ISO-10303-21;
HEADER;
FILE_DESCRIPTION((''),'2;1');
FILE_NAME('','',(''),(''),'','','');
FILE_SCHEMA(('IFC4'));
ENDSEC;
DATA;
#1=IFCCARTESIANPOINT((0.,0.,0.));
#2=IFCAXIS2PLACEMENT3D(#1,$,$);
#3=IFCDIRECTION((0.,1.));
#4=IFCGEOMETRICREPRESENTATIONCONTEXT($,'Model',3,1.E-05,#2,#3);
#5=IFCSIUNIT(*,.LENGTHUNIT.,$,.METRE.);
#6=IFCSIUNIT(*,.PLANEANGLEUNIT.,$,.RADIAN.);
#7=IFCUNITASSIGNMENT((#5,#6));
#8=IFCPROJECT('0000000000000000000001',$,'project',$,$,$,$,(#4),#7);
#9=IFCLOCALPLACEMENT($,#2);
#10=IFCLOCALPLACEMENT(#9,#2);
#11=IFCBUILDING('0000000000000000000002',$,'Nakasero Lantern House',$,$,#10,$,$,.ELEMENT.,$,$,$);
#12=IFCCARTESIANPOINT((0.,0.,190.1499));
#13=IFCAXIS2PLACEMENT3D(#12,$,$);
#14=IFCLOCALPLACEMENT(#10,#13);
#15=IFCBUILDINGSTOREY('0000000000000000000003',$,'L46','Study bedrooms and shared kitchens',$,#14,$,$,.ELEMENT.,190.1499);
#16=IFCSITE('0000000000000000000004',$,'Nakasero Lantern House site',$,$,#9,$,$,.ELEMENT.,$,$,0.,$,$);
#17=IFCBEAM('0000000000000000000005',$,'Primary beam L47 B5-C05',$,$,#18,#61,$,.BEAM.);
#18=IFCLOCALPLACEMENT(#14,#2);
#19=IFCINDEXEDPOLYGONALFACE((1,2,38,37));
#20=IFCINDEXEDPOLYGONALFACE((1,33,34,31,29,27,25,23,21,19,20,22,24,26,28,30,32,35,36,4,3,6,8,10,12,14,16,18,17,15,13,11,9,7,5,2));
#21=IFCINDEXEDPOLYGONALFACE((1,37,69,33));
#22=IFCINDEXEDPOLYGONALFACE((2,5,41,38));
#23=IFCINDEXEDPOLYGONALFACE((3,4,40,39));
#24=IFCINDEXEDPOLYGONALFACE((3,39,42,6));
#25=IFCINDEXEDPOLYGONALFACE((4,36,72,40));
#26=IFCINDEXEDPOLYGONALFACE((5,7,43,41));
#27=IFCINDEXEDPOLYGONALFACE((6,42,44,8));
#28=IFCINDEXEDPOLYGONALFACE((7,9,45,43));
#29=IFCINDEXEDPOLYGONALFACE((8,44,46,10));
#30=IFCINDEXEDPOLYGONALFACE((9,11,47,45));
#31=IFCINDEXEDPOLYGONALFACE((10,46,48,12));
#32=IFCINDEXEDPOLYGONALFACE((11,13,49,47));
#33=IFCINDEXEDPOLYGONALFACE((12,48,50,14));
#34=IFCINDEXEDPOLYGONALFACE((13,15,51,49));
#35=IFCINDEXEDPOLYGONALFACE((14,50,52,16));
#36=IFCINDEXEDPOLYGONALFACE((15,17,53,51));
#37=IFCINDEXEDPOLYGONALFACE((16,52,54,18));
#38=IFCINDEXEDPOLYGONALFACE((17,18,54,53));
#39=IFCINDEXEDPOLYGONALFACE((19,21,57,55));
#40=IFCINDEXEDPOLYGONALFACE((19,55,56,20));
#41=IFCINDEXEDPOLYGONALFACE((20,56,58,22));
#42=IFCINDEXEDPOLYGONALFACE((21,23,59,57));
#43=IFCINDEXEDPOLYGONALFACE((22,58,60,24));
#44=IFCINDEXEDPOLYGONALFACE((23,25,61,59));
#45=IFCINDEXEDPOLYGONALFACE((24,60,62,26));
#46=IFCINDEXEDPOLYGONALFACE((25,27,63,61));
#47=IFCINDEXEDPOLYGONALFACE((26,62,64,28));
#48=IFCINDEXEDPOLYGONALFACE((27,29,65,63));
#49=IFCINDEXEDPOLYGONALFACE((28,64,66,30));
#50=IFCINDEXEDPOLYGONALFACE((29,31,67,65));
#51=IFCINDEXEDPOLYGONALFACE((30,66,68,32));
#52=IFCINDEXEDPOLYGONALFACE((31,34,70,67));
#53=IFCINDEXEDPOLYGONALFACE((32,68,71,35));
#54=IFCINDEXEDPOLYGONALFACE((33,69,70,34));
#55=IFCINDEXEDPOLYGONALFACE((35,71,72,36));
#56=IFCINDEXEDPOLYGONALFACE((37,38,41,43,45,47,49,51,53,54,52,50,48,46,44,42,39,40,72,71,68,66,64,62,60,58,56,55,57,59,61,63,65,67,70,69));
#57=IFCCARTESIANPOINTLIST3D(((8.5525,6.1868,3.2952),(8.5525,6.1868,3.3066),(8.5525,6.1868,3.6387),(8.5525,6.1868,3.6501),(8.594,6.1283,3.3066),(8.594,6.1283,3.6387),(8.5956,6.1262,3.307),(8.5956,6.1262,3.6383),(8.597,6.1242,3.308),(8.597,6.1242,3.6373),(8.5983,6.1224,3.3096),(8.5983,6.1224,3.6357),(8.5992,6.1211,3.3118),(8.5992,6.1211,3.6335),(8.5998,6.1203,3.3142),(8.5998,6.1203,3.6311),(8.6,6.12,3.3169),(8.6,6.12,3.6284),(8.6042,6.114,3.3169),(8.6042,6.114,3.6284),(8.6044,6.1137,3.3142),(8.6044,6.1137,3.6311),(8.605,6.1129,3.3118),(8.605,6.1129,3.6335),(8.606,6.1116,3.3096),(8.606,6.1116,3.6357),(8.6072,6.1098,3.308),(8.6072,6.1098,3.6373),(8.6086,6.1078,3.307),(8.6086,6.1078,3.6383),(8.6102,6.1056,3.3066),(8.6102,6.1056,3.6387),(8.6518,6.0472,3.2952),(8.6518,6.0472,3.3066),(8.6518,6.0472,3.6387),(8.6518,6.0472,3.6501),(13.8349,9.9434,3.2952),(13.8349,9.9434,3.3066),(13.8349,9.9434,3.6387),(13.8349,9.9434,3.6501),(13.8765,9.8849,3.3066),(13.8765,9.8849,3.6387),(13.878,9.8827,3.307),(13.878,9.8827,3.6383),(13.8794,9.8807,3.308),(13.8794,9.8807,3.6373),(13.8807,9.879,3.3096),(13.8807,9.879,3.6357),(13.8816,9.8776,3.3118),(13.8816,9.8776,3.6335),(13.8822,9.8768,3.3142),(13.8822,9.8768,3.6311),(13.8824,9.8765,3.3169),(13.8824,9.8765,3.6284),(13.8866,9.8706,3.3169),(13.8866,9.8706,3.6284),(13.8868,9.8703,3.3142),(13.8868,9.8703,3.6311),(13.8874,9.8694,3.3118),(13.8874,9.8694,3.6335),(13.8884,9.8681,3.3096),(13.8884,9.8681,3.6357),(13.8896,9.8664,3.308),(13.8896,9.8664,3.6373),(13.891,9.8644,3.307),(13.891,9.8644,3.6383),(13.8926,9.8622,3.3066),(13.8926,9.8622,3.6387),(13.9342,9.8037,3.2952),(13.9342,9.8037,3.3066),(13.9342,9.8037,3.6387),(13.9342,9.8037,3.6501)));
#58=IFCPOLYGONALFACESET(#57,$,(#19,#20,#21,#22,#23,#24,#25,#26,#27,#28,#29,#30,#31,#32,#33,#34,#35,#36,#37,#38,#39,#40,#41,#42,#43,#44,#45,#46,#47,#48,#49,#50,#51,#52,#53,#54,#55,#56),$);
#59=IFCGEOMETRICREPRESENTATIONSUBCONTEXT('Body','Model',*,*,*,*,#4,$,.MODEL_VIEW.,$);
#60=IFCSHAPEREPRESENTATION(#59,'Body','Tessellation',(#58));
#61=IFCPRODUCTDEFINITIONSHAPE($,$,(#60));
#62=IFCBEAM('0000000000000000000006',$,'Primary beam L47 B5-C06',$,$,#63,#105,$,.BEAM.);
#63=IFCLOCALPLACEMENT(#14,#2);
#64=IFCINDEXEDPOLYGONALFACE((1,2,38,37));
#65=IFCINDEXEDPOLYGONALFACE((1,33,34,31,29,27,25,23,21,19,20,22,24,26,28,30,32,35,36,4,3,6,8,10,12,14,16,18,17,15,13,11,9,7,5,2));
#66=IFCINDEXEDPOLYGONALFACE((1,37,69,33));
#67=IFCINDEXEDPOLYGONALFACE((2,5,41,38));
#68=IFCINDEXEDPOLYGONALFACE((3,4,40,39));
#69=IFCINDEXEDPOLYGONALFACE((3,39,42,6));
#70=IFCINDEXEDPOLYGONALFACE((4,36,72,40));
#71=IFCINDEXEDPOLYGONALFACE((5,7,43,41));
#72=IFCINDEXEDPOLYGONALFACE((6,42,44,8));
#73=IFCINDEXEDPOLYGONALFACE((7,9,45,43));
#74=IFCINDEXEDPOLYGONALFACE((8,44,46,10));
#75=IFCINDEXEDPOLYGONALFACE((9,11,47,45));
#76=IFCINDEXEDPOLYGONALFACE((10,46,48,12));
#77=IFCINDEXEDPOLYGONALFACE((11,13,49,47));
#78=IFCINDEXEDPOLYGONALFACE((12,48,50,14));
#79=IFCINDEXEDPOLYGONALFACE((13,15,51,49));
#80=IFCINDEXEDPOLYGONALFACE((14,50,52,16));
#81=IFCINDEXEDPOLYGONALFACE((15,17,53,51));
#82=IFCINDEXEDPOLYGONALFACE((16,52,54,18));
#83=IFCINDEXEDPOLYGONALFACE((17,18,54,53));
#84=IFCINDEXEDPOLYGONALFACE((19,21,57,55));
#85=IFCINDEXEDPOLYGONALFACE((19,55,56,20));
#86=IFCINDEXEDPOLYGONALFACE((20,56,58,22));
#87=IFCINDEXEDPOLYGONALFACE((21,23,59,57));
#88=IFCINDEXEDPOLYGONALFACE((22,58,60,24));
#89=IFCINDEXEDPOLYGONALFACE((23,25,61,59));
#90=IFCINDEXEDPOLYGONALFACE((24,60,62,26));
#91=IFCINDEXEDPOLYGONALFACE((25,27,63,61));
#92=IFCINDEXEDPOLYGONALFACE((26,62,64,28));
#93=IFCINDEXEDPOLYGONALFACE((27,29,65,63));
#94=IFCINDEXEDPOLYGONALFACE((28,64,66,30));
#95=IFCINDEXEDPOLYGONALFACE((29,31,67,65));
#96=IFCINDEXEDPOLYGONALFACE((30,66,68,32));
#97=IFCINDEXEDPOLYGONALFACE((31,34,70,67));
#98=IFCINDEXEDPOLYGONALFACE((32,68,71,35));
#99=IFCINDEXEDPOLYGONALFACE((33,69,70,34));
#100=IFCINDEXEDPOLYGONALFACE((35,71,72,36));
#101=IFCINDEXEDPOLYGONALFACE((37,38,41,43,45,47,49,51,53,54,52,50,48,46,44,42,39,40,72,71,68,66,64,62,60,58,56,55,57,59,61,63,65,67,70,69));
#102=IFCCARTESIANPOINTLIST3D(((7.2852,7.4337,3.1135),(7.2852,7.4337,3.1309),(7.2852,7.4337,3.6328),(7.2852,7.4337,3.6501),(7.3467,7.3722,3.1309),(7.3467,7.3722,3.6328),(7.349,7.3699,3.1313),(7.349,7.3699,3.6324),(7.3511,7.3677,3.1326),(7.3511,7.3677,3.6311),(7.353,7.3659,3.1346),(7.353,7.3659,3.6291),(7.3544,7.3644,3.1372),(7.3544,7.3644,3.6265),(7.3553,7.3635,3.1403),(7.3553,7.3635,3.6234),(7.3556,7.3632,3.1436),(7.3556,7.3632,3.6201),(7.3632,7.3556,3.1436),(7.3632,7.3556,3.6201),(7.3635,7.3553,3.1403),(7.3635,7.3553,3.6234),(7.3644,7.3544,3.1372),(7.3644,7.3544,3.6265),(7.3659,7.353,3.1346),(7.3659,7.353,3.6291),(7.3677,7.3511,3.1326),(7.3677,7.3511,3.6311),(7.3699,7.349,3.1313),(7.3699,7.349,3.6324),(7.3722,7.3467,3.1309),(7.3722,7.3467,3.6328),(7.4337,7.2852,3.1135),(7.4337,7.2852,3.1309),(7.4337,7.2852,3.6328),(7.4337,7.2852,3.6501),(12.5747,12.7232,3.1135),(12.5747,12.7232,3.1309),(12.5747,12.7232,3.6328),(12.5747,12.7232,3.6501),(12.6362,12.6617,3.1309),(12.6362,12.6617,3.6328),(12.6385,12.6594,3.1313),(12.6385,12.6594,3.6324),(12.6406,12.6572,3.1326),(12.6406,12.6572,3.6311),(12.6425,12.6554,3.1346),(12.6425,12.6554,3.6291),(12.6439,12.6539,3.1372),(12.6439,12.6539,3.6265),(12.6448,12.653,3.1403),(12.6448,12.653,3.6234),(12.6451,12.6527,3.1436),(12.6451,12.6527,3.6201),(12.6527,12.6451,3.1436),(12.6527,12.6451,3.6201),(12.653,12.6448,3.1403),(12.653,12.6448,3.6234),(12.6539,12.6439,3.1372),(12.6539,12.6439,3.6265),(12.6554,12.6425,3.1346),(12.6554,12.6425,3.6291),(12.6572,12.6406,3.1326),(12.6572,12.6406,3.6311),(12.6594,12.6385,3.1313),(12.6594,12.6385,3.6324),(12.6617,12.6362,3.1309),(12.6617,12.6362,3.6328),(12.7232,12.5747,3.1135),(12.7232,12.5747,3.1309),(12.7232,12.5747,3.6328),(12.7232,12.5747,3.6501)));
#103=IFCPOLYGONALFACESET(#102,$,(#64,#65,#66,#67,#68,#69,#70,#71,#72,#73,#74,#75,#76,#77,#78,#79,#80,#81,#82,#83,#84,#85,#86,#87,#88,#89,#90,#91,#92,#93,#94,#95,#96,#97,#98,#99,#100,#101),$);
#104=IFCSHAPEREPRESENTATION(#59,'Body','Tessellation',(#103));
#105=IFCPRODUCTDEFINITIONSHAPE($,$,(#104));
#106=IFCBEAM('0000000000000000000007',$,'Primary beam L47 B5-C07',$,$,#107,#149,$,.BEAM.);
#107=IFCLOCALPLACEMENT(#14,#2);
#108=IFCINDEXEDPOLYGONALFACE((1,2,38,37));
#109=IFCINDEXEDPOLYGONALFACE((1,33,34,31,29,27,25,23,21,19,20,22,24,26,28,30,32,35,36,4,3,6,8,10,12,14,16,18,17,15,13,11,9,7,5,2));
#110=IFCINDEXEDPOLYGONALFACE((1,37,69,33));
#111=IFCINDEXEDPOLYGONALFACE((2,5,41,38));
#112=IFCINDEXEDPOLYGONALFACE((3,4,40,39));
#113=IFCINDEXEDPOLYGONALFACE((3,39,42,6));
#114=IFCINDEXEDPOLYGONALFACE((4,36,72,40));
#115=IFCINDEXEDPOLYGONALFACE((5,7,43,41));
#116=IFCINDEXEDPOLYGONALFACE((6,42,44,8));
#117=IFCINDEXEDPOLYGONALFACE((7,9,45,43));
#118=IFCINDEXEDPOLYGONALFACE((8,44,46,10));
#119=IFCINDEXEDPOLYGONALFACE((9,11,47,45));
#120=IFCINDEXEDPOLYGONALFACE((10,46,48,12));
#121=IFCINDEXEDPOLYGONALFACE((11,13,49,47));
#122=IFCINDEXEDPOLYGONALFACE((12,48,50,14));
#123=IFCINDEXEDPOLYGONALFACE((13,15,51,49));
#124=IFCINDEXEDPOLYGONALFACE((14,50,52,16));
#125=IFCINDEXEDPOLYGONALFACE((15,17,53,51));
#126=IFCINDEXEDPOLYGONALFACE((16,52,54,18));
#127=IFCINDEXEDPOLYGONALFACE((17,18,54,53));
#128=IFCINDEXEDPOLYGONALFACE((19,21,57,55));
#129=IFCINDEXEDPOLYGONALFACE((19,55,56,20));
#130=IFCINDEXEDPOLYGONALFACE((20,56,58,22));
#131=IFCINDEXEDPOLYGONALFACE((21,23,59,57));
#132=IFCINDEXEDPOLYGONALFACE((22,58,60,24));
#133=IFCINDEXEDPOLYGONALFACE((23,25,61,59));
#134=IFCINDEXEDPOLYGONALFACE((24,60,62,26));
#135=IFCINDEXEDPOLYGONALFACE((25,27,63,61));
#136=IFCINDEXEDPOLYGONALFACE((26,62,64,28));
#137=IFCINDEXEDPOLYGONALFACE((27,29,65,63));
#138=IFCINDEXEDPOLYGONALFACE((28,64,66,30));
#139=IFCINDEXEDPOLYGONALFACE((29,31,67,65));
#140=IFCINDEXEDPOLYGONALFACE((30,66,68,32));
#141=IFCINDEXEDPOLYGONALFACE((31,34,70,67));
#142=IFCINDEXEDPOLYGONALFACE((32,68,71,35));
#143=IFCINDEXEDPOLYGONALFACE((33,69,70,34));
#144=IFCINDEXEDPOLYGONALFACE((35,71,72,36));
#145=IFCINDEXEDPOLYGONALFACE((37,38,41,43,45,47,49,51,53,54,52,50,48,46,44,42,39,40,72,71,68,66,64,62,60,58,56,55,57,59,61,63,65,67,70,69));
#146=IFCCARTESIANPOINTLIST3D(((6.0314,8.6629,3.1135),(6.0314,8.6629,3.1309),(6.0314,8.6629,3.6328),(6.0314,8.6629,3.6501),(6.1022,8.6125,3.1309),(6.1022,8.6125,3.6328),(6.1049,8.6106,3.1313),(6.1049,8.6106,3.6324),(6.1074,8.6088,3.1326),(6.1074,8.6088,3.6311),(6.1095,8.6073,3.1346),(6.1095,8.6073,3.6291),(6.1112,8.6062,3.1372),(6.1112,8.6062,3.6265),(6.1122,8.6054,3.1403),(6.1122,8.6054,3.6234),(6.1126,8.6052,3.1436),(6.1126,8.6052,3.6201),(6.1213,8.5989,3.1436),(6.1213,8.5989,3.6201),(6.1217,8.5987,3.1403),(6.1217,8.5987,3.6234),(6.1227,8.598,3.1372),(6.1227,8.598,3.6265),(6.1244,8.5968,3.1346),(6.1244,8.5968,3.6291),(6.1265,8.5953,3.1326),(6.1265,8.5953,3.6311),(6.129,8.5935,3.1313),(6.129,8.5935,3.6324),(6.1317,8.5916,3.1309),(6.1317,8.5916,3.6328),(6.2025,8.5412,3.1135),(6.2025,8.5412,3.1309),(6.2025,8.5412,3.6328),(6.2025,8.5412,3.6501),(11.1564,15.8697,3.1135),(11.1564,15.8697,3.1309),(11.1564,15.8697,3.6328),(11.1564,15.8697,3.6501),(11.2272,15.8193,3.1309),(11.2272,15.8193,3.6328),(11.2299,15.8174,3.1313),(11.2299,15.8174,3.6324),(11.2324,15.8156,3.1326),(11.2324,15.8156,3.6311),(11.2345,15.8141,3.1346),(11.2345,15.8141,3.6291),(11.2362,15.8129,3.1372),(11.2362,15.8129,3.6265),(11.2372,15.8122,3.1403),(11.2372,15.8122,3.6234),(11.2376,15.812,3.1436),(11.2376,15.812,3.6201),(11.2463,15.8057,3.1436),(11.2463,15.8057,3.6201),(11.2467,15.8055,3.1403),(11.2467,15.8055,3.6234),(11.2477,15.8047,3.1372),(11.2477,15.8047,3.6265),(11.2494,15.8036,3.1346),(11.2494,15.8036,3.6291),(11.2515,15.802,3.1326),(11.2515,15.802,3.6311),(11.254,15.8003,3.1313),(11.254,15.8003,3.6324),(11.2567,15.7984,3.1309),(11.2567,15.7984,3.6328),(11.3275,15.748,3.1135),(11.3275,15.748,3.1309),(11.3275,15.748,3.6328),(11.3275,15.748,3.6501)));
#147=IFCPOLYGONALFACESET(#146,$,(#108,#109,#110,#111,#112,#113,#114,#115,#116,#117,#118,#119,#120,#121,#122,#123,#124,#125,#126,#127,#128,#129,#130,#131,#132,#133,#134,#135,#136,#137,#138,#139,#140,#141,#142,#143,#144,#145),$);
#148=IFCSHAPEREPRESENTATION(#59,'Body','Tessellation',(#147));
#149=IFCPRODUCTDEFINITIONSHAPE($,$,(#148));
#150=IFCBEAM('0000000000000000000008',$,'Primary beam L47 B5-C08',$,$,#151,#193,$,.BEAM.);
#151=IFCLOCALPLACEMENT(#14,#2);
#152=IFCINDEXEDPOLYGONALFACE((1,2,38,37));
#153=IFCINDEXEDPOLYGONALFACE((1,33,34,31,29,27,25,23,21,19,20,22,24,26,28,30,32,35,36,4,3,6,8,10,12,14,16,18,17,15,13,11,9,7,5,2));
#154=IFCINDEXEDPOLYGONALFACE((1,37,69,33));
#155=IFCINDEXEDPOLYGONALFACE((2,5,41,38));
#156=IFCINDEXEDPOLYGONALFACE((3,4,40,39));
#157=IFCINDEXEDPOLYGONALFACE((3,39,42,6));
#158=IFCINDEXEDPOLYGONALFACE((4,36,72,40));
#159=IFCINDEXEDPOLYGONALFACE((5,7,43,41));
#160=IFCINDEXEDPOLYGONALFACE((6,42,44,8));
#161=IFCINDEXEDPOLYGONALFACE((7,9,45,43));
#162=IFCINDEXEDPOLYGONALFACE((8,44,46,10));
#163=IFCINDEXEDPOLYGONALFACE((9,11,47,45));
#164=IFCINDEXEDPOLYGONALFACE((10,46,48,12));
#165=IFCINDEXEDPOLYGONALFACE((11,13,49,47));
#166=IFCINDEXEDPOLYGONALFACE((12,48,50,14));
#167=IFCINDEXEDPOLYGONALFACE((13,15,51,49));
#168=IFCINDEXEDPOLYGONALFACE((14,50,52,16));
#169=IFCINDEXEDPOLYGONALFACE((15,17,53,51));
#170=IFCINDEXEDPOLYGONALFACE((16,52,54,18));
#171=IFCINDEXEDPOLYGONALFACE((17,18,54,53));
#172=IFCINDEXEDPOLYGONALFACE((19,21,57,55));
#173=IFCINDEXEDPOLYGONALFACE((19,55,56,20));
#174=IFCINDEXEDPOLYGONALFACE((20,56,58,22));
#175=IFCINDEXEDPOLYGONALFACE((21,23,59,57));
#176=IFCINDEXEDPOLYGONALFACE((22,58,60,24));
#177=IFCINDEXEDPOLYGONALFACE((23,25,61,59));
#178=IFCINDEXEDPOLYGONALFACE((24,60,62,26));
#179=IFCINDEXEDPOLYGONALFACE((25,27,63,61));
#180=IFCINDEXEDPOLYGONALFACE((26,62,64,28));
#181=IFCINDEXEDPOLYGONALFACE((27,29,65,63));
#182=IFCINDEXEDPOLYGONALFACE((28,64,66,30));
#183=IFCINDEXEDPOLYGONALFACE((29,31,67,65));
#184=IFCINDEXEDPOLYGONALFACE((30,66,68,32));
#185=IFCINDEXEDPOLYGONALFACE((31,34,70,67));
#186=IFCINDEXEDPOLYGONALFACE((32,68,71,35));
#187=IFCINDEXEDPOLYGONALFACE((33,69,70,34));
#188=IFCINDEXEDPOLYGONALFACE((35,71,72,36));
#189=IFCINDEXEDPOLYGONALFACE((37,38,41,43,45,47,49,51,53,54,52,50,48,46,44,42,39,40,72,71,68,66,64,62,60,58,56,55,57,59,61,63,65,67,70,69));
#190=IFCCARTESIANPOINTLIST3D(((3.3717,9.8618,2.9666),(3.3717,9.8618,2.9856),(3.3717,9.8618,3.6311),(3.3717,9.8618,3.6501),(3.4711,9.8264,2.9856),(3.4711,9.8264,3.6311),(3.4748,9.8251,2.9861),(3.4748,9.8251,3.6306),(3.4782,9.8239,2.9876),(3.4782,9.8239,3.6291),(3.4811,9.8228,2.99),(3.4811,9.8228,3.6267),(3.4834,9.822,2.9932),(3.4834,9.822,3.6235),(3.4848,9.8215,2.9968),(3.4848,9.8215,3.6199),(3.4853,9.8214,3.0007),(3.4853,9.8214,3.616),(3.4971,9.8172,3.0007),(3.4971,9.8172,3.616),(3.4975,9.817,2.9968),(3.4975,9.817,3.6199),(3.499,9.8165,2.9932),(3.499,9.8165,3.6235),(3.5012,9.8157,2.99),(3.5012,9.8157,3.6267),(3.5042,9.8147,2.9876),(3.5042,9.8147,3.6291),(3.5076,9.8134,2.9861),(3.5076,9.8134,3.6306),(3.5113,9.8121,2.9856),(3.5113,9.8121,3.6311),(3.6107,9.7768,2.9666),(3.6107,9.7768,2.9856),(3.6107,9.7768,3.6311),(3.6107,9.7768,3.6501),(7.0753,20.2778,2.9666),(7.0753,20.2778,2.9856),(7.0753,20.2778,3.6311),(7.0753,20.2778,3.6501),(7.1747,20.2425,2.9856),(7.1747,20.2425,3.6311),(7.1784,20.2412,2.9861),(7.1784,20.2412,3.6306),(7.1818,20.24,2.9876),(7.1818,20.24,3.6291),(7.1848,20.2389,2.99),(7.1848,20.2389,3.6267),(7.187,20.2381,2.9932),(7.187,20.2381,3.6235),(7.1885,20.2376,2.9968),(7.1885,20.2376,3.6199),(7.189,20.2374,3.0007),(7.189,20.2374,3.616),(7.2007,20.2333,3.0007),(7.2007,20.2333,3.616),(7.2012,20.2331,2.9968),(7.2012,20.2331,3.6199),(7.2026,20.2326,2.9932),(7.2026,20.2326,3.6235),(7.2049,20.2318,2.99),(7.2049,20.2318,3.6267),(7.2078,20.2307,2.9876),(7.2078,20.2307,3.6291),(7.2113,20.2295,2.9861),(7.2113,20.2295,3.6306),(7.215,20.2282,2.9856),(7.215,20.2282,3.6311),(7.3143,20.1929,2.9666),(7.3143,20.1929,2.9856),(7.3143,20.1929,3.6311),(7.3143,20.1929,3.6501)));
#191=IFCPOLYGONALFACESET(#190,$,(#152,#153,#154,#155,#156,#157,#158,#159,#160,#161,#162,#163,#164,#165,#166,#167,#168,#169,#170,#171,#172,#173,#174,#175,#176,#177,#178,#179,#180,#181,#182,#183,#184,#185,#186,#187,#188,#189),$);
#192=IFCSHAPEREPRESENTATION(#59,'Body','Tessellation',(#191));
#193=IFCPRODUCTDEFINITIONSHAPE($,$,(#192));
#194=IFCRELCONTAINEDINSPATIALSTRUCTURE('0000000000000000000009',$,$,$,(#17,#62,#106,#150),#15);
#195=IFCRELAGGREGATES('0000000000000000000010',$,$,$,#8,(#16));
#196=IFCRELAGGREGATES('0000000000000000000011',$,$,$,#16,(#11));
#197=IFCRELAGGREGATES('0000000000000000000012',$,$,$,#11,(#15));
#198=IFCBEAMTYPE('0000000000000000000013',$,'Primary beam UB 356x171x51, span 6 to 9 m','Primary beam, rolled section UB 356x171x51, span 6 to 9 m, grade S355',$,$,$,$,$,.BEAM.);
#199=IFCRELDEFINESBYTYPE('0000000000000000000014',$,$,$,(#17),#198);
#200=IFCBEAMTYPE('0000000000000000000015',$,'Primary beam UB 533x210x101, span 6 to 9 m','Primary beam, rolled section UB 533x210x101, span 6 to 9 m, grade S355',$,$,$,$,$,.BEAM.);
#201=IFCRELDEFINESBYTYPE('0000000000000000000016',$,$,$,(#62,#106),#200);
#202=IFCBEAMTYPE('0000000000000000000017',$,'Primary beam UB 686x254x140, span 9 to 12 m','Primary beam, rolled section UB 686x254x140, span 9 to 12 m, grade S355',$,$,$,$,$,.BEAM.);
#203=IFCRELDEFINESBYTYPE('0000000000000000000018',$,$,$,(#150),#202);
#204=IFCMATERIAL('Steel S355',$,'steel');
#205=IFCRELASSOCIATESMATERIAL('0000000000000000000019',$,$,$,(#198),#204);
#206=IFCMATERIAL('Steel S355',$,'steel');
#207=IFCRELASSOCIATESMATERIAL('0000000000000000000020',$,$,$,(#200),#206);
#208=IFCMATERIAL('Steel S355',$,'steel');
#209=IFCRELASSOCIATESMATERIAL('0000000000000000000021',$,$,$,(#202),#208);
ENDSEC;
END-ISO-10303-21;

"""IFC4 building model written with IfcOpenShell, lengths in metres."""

from ifc_helpers import new_model, si_unit, direction, frame, origin, origin_2d, place, context, subcontext, project, spatial, i_section, extrude, material, material_profile, profile_set, type_object, element, save


model = new_model("IFC4")

# Units and contexts
model_context = context("Model", 3, precision=1e-05, world=origin(), true_north=direction((0.0, 1.0)))
body_context = subcontext(model_context, "Body", "Model", "MODEL_VIEW")
ifc_project = project(units=[si_unit("LENGTHUNIT", "METRE"), si_unit("PLANEANGLEUNIT", "RADIAN")], contexts=[model_context])

# Site, building, storey
site_placement = place(None, origin())
site = spatial("IfcSite", under=ifc_project, at=site_placement, Name="Nakasero Lantern House site", CompositionType="ELEMENT", RefElevation=0.0)
building_placement = place(site_placement, origin())
building = spatial("IfcBuilding", under=site, at=building_placement, Name="Nakasero Lantern House", CompositionType="ELEMENT")
storey_placement = place(building_placement, frame((0.0, 0.0, 190.1499)))
storey = spatial("IfcBuildingStorey", under=building, at=storey_placement, Name="L46", Description="Study bedrooms and shared kitchens", CompositionType="ELEMENT", Elevation=190.1499)

# Beams
ifc_material_1 = material(Name="Steel S355", Category="steel")
ifc_material_profile_1 = material_profile(ifc_material_1, i_section(OverallWidth=0.1714, OverallDepth=0.355, WebThickness=0.0073, FlangeThickness=0.0115, FilletRadius=0.0103, at=origin_2d()), Name="UB 356x171x51")
ifc_profile_set_1 = profile_set([ifc_material_profile_1], Name="Steel S355")
beam_type_1 = type_object("IfcBeamType", Name="Primary beam UB 356x171x51, span 6 to 9 m", Description="Primary beam, rolled section UB 356x171x51, span 6 to 9 m, grade S355", PredefinedType="BEAM", material=ifc_profile_set_1)
beam_1_placement = place(storey_placement, frame((13.8845, 9.8735, 3.4727), z_axis=(-0.814943, -0.579541, 0.0), x_axis=(0.579541, -0.814943, 0.0)))
element("IfcBeam", 1, at=beam_1_placement, inside=storey, type_object=beam_type_1, Name="Primary beam L47 B5-C05", PredefinedType="BEAM", context=body_context, shape_type="SweptSolid", body=[
    extrude(i_section(OverallWidth=0.1714, OverallDepth=0.355, WebThickness=0.0073, FlangeThickness=0.0115, FilletRadius=0.0103, at=origin_2d()), origin(), (0.0, 0.0, 1.0), 6.4819),
])
ifc_material_2 = material(Name="Steel S355", Category="steel")
ifc_material_profile_2 = material_profile(ifc_material_2, i_section(OverallWidth=0.21, OverallDepth=0.5366, WebThickness=0.0107, FlangeThickness=0.0173, FilletRadius=0.0127, at=origin_2d()), Name="UB 533x210x101")
ifc_profile_set_2 = profile_set([ifc_material_profile_2], Name="Steel S355")
beam_type_2 = type_object("IfcBeamType", Name="Primary beam UB 533x210x101, span 6 to 9 m", Description="Primary beam, rolled section UB 533x210x101, span 6 to 9 m, grade S355", PredefinedType="BEAM", material=ifc_profile_set_2)
beam_2_placement = place(storey_placement, frame((12.6489, 12.6489, 3.3818), z_axis=(-0.707107, -0.707107, 0.0), x_axis=(0.707107, -0.707107, 0.0)))
element("IfcBeam", 2, at=beam_2_placement, inside=storey, type_object=beam_type_2, Name="Primary beam L47 B5-C06", PredefinedType="BEAM", context=body_context, shape_type="SweptSolid", body=[
    extrude(i_section(OverallWidth=0.21, OverallDepth=0.5366, WebThickness=0.0107, FlangeThickness=0.0173, FilletRadius=0.0127, at=origin_2d()), origin(), (0.0, 0.0, 1.0), 7.4805),
])
beam_3_placement = place(storey_placement, frame((11.2419, 15.8088, 3.3818), z_axis=(-0.579537, -0.814946, 0.0), x_axis=(0.814946, -0.579537, 0.0)))
element("IfcBeam", 3, at=beam_3_placement, inside=storey, type_object=beam_type_2, Name="Primary beam L47 B5-C07", PredefinedType="BEAM", context=body_context, shape_type="SweptSolid", body=[
    extrude(i_section(OverallWidth=0.21, OverallDepth=0.5366, WebThickness=0.0107, FlangeThickness=0.0173, FilletRadius=0.0127, at=origin_2d()), origin(), (0.0, 0.0, 1.0), 8.8433),
])
ifc_material_3 = material(Name="Steel S355", Category="steel")
ifc_material_profile_3 = material_profile(ifc_material_3, i_section(OverallWidth=0.2537, OverallDepth=0.6836, WebThickness=0.0125, FlangeThickness=0.019, FilletRadius=0.0151, at=origin_2d()), Name="UB 686x254x140")
ifc_profile_set_3 = profile_set([ifc_material_profile_3], Name="Steel S355")
beam_type_3 = type_object("IfcBeamType", Name="Primary beam UB 686x254x140, span 9 to 12 m", Description="Primary beam, rolled section UB 686x254x140, span 9 to 12 m, grade S355", PredefinedType="BEAM", material=ifc_profile_set_3)
beam_4_placement = place(storey_placement, frame((7.1948, 20.2354, 3.3083), z_axis=(-0.335021, -0.942211, 0.0), x_axis=(0.942211, -0.335021, 0.0)))
element("IfcBeam", 4, at=beam_4_placement, inside=storey, type_object=beam_type_3, Name="Primary beam L47 B5-C08", PredefinedType="BEAM", context=body_context, shape_type="SweptSolid", body=[
    extrude(i_section(OverallWidth=0.2537, OverallDepth=0.6836, WebThickness=0.0125, FlangeThickness=0.019, FilletRadius=0.0151, at=origin_2d()), origin(), (0.0, 0.0, 1.0), 11.0549),
])

save(model, "model.ifc")
